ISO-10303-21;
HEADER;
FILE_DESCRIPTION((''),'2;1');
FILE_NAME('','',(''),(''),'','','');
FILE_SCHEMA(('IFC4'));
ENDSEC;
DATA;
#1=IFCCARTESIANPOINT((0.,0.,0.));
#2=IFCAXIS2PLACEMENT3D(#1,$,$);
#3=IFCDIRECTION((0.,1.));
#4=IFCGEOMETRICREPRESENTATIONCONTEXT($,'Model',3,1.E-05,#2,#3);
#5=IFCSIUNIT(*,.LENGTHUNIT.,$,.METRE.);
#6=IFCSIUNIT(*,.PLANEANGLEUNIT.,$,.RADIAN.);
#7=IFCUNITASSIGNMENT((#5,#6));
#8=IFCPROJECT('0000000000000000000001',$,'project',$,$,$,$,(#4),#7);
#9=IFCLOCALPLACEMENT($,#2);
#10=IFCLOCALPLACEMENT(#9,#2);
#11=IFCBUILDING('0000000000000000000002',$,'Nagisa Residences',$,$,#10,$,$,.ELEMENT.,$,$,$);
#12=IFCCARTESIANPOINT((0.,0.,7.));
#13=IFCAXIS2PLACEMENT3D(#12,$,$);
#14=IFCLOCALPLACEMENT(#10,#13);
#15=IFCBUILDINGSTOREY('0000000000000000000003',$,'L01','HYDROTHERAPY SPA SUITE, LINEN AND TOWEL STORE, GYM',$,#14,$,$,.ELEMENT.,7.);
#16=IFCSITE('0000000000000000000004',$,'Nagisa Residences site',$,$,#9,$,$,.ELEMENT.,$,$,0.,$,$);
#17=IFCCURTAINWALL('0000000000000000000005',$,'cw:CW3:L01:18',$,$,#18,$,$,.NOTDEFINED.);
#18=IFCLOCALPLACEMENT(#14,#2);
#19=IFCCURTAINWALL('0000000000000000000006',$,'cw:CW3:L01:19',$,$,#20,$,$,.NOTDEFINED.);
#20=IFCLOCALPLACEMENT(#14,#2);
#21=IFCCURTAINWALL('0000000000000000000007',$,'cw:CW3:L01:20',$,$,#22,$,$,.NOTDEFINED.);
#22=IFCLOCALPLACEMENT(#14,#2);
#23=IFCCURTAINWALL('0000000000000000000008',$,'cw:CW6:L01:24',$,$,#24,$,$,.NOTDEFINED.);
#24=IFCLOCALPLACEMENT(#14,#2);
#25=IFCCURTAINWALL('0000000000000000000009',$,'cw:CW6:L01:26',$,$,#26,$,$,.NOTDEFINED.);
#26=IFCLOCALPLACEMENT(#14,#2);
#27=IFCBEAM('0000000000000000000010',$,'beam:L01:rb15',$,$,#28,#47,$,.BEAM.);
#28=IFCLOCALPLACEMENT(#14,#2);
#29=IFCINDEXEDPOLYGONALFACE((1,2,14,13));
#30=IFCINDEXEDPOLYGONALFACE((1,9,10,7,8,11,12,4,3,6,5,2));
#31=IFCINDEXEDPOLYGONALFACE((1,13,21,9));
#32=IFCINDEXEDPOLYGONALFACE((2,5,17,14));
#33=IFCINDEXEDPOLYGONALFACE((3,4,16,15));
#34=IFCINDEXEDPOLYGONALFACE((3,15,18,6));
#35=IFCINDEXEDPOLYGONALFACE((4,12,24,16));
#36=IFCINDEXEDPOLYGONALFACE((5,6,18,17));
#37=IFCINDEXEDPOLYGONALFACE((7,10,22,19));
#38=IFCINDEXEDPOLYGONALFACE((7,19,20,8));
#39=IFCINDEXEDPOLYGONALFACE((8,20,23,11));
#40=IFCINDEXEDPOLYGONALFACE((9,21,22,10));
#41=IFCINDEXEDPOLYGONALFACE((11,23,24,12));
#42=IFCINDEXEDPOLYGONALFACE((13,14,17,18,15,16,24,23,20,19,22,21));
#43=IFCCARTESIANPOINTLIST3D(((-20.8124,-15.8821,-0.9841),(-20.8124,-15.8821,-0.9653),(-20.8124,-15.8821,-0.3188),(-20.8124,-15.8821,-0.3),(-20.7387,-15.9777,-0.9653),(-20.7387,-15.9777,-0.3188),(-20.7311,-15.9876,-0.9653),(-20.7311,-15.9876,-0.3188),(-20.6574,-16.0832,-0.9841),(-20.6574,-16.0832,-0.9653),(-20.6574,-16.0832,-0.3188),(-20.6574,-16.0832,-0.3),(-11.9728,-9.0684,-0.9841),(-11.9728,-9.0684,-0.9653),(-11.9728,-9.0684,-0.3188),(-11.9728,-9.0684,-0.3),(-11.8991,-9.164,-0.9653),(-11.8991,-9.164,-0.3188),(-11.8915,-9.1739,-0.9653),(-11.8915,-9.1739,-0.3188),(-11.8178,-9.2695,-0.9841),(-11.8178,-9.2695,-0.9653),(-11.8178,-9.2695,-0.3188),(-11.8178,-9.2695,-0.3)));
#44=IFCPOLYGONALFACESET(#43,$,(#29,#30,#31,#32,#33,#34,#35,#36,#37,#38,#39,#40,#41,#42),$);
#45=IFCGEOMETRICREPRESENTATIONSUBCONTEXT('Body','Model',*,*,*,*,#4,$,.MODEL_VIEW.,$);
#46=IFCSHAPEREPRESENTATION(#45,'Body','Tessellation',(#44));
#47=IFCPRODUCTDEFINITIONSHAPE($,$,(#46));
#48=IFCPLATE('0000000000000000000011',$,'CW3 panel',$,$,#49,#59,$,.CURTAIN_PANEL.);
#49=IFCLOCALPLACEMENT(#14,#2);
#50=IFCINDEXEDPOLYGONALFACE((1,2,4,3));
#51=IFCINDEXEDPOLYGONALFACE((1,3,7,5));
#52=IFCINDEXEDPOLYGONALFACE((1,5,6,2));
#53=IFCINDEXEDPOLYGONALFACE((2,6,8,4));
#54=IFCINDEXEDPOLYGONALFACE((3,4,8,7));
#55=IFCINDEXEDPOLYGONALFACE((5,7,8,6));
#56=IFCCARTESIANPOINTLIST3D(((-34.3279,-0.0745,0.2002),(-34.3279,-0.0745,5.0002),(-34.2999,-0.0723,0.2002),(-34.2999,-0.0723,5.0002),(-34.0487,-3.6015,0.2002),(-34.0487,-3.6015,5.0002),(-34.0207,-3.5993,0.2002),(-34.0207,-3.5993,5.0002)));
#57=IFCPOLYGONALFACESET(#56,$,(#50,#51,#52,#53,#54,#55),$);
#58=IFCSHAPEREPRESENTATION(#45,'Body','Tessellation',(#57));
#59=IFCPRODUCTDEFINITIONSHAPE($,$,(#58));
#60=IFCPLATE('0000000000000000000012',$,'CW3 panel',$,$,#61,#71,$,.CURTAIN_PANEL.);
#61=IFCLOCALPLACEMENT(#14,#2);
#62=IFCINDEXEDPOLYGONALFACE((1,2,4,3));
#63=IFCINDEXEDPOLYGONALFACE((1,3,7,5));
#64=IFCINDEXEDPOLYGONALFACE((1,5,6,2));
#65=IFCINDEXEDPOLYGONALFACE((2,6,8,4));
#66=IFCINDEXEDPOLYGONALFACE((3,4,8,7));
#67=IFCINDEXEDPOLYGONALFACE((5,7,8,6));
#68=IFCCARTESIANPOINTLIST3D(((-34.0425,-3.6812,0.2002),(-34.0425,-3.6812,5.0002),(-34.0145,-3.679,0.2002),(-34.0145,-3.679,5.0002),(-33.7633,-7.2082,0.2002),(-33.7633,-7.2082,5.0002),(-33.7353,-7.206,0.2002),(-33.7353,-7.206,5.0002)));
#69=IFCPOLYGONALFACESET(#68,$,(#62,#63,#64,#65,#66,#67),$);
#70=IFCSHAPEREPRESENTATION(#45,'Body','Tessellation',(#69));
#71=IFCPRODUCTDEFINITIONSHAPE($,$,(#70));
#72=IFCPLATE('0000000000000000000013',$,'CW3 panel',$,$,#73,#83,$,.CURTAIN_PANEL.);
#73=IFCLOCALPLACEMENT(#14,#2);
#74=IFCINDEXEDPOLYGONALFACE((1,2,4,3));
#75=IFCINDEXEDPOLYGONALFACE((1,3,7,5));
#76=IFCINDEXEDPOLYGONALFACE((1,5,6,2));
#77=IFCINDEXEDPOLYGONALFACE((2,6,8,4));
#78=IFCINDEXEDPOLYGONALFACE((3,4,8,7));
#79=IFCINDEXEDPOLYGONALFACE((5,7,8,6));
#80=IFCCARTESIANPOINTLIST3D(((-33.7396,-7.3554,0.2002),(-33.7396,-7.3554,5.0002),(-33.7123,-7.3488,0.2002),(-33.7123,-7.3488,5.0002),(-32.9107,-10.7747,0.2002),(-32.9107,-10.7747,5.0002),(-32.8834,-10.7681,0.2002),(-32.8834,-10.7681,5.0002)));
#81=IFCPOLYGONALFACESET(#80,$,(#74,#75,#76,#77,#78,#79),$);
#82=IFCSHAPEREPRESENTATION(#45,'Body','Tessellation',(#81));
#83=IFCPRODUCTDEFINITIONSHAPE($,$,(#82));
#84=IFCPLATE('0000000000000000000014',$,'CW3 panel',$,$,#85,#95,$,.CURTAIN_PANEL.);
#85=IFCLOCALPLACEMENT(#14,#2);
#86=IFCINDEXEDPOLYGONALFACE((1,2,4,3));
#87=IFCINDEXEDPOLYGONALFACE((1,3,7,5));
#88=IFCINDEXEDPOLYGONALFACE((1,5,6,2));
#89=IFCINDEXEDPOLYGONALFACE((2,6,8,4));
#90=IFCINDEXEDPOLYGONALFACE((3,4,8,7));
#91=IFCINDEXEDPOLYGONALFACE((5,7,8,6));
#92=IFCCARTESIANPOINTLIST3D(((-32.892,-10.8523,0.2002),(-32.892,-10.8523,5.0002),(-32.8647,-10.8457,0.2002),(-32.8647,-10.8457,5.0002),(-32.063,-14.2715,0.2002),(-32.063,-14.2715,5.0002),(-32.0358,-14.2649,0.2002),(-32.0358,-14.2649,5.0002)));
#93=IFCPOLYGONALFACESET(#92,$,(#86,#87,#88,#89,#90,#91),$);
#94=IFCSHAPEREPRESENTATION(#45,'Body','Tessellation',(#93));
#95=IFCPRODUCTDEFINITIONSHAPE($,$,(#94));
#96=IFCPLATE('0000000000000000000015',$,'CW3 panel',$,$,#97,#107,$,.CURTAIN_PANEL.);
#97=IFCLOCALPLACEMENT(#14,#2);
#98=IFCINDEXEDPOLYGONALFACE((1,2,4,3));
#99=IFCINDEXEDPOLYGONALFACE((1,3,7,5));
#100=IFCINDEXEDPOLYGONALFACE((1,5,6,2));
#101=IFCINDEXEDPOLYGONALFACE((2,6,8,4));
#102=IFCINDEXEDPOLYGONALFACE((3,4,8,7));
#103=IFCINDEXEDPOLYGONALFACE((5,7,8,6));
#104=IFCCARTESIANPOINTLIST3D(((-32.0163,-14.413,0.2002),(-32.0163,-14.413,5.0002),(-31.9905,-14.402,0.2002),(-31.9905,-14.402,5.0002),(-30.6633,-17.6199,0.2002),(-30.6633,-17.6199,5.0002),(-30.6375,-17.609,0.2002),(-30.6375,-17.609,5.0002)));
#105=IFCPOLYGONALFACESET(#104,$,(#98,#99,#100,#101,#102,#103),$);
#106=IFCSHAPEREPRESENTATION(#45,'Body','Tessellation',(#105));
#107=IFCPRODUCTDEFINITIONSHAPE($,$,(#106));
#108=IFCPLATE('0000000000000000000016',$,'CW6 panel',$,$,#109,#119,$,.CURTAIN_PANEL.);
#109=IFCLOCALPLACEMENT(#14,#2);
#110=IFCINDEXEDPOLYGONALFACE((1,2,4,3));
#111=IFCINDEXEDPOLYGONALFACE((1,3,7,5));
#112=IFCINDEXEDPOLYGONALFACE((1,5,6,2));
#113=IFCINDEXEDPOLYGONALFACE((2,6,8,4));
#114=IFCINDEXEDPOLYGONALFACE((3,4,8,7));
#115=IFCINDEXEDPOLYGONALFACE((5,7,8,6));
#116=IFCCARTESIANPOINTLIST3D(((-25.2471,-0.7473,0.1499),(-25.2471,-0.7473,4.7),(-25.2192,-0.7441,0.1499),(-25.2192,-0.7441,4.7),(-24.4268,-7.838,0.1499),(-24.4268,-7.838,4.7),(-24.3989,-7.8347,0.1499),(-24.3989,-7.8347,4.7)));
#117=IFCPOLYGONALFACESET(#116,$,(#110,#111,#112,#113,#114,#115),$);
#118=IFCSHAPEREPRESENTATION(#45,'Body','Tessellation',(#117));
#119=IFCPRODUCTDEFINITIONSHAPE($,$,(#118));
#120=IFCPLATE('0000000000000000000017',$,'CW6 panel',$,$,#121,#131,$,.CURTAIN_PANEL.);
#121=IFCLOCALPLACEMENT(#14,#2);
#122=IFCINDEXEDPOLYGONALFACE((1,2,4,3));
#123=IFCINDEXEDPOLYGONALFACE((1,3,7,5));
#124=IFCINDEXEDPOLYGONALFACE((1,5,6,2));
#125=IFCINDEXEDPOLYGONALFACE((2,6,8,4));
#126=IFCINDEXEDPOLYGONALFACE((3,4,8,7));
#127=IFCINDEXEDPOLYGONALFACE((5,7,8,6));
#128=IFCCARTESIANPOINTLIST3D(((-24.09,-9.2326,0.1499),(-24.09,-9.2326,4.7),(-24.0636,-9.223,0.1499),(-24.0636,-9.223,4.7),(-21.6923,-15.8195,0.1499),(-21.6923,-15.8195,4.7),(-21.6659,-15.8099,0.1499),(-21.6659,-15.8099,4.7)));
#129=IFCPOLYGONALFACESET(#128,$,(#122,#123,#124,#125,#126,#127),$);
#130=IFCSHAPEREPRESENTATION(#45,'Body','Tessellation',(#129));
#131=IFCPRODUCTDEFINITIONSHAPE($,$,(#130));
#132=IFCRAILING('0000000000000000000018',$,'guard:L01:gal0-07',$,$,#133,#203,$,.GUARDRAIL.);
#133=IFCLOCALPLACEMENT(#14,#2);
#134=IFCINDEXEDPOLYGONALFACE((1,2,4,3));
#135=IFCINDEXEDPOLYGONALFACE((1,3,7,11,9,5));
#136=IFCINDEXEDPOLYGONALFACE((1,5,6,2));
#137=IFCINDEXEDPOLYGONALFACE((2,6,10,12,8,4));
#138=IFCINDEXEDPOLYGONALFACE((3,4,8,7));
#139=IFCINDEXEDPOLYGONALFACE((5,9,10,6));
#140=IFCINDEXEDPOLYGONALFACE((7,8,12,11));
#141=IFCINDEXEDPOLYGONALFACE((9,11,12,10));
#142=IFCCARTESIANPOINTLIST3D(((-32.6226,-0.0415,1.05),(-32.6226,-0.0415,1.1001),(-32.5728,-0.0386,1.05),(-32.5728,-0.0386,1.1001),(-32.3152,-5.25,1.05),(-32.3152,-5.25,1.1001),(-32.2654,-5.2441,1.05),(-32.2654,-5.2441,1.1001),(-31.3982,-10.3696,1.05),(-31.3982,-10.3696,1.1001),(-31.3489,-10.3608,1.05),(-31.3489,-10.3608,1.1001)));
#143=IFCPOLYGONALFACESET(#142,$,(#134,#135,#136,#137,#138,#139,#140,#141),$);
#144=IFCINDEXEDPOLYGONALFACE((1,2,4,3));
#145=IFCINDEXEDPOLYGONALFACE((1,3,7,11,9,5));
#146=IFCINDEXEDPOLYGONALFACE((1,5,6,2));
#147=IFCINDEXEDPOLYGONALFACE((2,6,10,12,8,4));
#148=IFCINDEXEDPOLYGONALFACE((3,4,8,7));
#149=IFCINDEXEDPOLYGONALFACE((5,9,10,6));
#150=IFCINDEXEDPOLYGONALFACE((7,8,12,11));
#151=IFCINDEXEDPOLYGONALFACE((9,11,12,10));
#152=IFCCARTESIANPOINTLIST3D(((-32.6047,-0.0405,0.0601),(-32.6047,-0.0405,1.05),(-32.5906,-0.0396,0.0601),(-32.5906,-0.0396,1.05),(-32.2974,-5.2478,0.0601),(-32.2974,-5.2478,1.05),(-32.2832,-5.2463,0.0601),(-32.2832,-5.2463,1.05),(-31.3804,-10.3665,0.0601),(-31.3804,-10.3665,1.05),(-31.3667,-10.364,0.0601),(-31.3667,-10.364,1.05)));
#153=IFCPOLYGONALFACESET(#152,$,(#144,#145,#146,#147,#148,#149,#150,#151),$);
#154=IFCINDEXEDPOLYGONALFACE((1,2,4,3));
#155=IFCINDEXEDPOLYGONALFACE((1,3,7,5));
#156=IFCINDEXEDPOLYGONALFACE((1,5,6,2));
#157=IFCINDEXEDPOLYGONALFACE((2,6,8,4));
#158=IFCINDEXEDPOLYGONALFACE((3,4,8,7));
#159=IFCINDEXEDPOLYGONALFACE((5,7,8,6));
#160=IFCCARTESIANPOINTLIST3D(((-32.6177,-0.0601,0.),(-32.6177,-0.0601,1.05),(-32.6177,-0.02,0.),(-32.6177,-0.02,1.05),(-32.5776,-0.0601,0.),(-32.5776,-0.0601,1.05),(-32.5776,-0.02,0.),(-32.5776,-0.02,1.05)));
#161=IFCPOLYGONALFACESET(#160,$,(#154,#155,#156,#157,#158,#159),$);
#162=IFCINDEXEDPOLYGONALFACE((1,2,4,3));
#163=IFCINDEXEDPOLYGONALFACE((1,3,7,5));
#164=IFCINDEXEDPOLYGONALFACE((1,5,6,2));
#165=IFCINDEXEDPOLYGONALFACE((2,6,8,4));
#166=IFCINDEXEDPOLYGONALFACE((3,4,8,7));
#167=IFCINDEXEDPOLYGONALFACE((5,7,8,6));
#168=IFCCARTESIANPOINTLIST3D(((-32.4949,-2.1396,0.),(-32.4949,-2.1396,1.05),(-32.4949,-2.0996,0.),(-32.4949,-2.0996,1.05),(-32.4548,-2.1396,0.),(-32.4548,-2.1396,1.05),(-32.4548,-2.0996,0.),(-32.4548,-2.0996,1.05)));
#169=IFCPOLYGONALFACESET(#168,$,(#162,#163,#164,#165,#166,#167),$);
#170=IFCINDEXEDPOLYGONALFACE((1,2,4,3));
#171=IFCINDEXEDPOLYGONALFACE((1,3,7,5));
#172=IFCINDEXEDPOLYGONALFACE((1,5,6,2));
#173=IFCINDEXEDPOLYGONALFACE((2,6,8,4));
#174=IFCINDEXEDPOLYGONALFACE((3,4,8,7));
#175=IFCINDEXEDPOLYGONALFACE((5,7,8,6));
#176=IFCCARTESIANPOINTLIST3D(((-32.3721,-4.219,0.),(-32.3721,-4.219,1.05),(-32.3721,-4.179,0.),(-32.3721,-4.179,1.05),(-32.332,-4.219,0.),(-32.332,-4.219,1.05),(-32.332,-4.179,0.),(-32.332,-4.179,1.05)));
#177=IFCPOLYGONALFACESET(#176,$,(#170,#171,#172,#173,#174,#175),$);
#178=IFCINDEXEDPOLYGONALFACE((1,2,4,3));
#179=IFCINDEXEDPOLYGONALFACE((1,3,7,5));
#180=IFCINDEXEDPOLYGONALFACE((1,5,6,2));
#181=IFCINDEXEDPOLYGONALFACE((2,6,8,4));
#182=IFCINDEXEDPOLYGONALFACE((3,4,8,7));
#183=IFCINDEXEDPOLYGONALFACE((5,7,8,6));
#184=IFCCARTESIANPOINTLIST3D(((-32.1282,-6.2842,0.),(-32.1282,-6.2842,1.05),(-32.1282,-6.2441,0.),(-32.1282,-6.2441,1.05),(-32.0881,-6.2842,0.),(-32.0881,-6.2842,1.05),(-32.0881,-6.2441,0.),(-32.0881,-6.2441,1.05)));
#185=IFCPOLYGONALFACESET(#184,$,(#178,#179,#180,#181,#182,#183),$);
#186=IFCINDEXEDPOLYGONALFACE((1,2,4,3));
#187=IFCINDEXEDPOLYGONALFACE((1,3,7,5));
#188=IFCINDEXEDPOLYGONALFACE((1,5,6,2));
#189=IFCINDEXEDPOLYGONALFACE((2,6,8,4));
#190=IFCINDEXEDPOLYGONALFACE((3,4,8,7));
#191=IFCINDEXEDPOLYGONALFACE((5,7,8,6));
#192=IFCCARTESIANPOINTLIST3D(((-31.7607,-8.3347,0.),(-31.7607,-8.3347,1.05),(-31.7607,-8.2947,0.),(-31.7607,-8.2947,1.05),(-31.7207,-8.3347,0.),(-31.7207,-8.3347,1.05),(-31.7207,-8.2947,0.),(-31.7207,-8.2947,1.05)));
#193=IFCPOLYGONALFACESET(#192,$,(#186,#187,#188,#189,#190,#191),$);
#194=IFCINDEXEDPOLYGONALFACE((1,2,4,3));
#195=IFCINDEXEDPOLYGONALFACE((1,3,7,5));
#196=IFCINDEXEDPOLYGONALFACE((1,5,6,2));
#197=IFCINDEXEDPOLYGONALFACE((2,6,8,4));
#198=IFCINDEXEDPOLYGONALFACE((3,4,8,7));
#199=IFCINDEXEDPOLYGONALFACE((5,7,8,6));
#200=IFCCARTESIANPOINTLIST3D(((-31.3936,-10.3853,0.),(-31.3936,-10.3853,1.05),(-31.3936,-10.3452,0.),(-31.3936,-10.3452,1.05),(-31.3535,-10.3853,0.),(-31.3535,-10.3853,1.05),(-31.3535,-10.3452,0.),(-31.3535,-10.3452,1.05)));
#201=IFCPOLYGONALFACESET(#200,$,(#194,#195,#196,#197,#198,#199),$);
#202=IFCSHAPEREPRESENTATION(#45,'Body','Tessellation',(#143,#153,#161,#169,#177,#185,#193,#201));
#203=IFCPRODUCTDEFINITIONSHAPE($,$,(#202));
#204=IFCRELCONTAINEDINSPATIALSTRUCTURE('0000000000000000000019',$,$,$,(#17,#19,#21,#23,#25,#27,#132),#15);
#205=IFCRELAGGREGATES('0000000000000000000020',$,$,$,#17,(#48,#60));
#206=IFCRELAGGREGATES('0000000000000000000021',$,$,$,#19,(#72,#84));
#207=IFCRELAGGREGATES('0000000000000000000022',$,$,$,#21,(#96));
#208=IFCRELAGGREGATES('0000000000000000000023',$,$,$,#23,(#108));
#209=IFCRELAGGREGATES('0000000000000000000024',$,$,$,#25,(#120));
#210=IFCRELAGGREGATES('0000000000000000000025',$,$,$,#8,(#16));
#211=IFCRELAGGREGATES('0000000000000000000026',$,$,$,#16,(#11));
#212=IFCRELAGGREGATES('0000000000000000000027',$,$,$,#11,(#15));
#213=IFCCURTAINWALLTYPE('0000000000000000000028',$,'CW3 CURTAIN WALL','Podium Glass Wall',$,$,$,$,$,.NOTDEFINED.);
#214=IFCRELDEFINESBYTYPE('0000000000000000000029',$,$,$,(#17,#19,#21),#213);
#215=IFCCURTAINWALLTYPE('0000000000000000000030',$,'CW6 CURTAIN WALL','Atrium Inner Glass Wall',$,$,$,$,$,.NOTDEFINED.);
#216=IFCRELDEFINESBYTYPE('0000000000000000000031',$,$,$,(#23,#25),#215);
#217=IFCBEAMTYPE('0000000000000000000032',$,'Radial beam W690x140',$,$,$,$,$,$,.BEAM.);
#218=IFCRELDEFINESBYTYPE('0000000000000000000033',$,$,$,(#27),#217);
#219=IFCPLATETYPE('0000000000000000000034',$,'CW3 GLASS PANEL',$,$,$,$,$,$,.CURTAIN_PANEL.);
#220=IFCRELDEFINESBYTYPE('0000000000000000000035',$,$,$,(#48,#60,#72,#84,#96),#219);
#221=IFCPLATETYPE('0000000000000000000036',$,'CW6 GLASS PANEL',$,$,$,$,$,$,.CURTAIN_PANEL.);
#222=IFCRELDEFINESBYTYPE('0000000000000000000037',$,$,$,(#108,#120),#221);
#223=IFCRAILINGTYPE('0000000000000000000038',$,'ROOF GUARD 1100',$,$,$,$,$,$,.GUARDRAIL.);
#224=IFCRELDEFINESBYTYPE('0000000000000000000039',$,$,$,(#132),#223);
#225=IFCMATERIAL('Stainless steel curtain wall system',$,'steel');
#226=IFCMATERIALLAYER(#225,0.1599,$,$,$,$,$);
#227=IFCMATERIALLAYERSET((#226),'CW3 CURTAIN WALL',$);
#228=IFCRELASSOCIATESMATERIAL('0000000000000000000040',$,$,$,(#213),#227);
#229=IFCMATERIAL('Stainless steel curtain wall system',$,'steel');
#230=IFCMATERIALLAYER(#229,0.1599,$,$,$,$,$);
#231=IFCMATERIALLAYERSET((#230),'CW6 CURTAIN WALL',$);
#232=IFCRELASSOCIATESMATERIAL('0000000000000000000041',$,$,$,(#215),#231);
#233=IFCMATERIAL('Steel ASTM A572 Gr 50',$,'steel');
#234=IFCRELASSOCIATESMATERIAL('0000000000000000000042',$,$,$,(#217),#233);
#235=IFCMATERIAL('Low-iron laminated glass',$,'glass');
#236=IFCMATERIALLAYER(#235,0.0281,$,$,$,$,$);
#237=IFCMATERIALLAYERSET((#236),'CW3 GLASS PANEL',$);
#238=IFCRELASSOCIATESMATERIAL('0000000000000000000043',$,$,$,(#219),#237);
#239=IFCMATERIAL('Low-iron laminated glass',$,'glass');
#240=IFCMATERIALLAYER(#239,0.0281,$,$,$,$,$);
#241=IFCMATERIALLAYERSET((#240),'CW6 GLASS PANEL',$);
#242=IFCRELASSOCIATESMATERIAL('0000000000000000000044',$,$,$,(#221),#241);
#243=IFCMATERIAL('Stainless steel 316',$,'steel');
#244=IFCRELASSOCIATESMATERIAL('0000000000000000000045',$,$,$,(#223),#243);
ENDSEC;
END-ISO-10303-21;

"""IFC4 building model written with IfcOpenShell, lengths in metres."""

from ifc_helpers import new_model, si_unit, direction, frame, origin, origin_2d, place, context, subcontext, project, spatial, polyline, rectangle, i_section, outline, extrude, material, layer, layer_set, material_profile, profile_set, type_object, element, aggregate, save


model = new_model("IFC4")

# Units and contexts
model_context = context("Model", 3, precision=1e-05, world=origin(), true_north=direction((0.0, 1.0)))
body_context = subcontext(model_context, "Body", "Model", "MODEL_VIEW")
ifc_project = project(units=[si_unit("LENGTHUNIT", "METRE"), si_unit("PLANEANGLEUNIT", "RADIAN")], contexts=[model_context])

# Site, building, storey
site_placement = place(None, origin())
site = spatial("IfcSite", under=ifc_project, at=site_placement, Name="Nagisa Residences site", CompositionType="ELEMENT", RefElevation=0.0)
building_placement = place(site_placement, origin())
building = spatial("IfcBuilding", under=site, at=building_placement, Name="Nagisa Residences", CompositionType="ELEMENT")
storey_placement = place(building_placement, frame((0.0, 0.0, 7.0)))
storey = spatial("IfcBuildingStorey", under=building, at=storey_placement, Name="L01", Description="HYDROTHERAPY SPA SUITE, LINEN AND TOWEL STORE, GYM", CompositionType="ELEMENT", Elevation=7.0)

# Curtain walls
ifc_material_1 = material(Name="Stainless steel curtain wall system", Category="steel")
ifc_layer_1 = layer(ifc_material_1, 0.1599)
ifc_layer_set_1 = layer_set([ifc_layer_1], Name="CW3 CURTAIN WALL")
curtain_wall_type_1 = type_object("IfcCurtainWallType", Name="CW3 CURTAIN WALL", Description="Podium Glass Wall", PredefinedType="NOTDEFINED", material=ifc_layer_set_1)
curtain_wall_1_placement = place(storey_placement, origin())
curtain_wall_1 = element("IfcCurtainWall", 1, at=curtain_wall_1_placement, inside=storey, type_object=curtain_wall_type_1, Name="cw:CW3:L01:18", PredefinedType="NOTDEFINED")
curtain_wall_2_placement = place(storey_placement, origin())
curtain_wall_2 = element("IfcCurtainWall", 2, at=curtain_wall_2_placement, inside=storey, type_object=curtain_wall_type_1, Name="cw:CW3:L01:19", PredefinedType="NOTDEFINED")

# Curtain wall
curtain_wall_3_placement = place(storey_placement, origin())
curtain_wall_3 = element("IfcCurtainWall", 3, at=curtain_wall_3_placement, inside=storey, type_object=curtain_wall_type_1, Name="cw:CW3:L01:20", PredefinedType="NOTDEFINED")

# Curtain walls
ifc_material_2 = material(Name="Stainless steel curtain wall system", Category="steel")
ifc_layer_2 = layer(ifc_material_2, 0.1599)
ifc_layer_set_2 = layer_set([ifc_layer_2], Name="CW6 CURTAIN WALL")
curtain_wall_type_2 = type_object("IfcCurtainWallType", Name="CW6 CURTAIN WALL", Description="Atrium Inner Glass Wall", PredefinedType="NOTDEFINED", material=ifc_layer_set_2)
curtain_wall_4_placement = place(storey_placement, origin())
curtain_wall_4 = element("IfcCurtainWall", 4, at=curtain_wall_4_placement, inside=storey, type_object=curtain_wall_type_2, Name="cw:CW6:L01:24", PredefinedType="NOTDEFINED")
curtain_wall_5_placement = place(storey_placement, origin())
curtain_wall_5 = element("IfcCurtainWall", 5, at=curtain_wall_5_placement, inside=storey, type_object=curtain_wall_type_2, Name="cw:CW6:L01:26", PredefinedType="NOTDEFINED")

# Beam
ifc_material_3 = material(Name="Steel ASTM A572 Gr 50", Category="steel")
ifc_material_profile_1 = material_profile(ifc_material_3, i_section(OverallWidth=0.2539, OverallDepth=0.6841, WebThickness=0.0125, FlangeThickness=0.0188, at=origin_2d()), Name="W690x140")
ifc_profile_set_1 = profile_set([ifc_material_profile_1], Name="Steel ASTM A572 Gr 50")
beam_type_1 = type_object("IfcBeamType", Name="Radial beam W690x140", PredefinedType="BEAM", material=ifc_profile_set_1)
beam_1_placement = place(storey_placement, frame((-20.7349, -15.9827, -0.6421), z_axis=(0.792016, 0.6105, 0.0), x_axis=(-0.6105, 0.792016, 0.0)))
element("IfcBeam", 6, at=beam_1_placement, inside=storey, type_object=beam_type_1, Name="beam:L01:rb15", PredefinedType="BEAM", context=body_context, shape_type="SweptSolid", body=[
    extrude(i_section(OverallWidth=0.2539, OverallDepth=0.6841, WebThickness=0.0125, FlangeThickness=0.0188, at=origin_2d()), origin(), (0.0, 0.0, 1.0), 11.1609),
])

# Plates
ifc_material_4 = material(Name="Low-iron laminated glass", Category="glass")
ifc_layer_3 = layer(ifc_material_4, 0.0281)
ifc_layer_set_3 = layer_set([ifc_layer_3], Name="CW3 GLASS PANEL")
plate_type_1 = type_object("IfcPlateType", Name="CW3 GLASS PANEL", PredefinedType="CURTAIN_PANEL", material=ifc_layer_set_3)
plate_1_placement = place(storey_placement, frame((-34.1743, -1.8369, 0.2002), z_axis=(0.0, 0.0, 1.0), x_axis=(0.07891, -0.996882, 0.0)))
plate_1 = element("IfcPlate", 7, at=plate_1_placement, type_object=plate_type_1, Name="CW3 panel", PredefinedType="CURTAIN_PANEL", context=body_context, shape_type="SweptSolid", body=[
    extrude(rectangle(XDim=3.5381, YDim=0.0281, at=origin_2d()), origin(), (0.0, 0.0, 1.0), 4.8),
])
plate_2_placement = place(storey_placement, frame((-33.8889, -5.4436, 0.2002), z_axis=(0.0, 0.0, 1.0), x_axis=(0.07891, -0.996882, 0.0)))
plate_2 = element("IfcPlate", 8, at=plate_2_placement, type_object=plate_type_1, Name="CW3 panel", PredefinedType="CURTAIN_PANEL", context=body_context, shape_type="SweptSolid", body=[
    extrude(rectangle(XDim=3.5381, YDim=0.0281, at=origin_2d()), origin(), (0.0, 0.0, 1.0), 4.8),
])
aggregate(curtain_wall_1, [plate_1, plate_2])
plate_3_placement = place(storey_placement, frame((-33.3115, -9.0618, 0.2002), z_axis=(0.0, 0.0, 1.0), x_axis=(0.235606, -0.971849, 0.0)))
plate_3 = element("IfcPlate", 9, at=plate_3_placement, type_object=plate_type_1, Name="CW3 panel", PredefinedType="CURTAIN_PANEL", context=body_context, shape_type="SweptSolid", body=[
    extrude(rectangle(XDim=3.5183, YDim=0.0281, at=origin_2d()), origin(), (0.0, 0.0, 1.0), 4.8),
])
plate_4_placement = place(storey_placement, frame((-32.4639, -12.5586, 0.2002), z_axis=(0.0, 0.0, 1.0), x_axis=(0.235606, -0.971849, 0.0)))
plate_4 = element("IfcPlate", 10, at=plate_4_placement, type_object=plate_type_1, Name="CW3 panel", PredefinedType="CURTAIN_PANEL", context=body_context, shape_type="SweptSolid", body=[
    extrude(rectangle(XDim=3.5183, YDim=0.0281, at=origin_2d()), origin(), (0.0, 0.0, 1.0), 4.8),
])
aggregate(curtain_wall_2, [plate_3, plate_4])
plate_5_placement = place(storey_placement, frame((-31.3269, -16.011, 0.2002), z_axis=(0.0, 0.0, 1.0), x_axis=(0.388718, -0.921357, 0.0)))
plate_5 = element("IfcPlate", 11, at=plate_5_placement, type_object=plate_type_1, Name="CW3 panel", PredefinedType="CURTAIN_PANEL", context=body_context, shape_type="SweptSolid", body=[
    extrude(rectangle(XDim=3.4807, YDim=0.0281, at=origin_2d()), origin(), (0.0, 0.0, 1.0), 4.8),
])
aggregate(curtain_wall_3, [plate_5])
ifc_material_5 = material(Name="Low-iron laminated glass", Category="glass")
ifc_layer_4 = layer(ifc_material_5, 0.0281)
ifc_layer_set_4 = layer_set([ifc_layer_4], Name="CW6 GLASS PANEL")
plate_type_2 = type_object("IfcPlateType", Name="CW6 GLASS PANEL", PredefinedType="CURTAIN_PANEL", material=ifc_layer_set_4)
plate_6_placement = place(storey_placement, frame((-24.823, -4.291, 0.1499), z_axis=(0.0, 0.0, 1.0), x_axis=(0.114928, -0.993374, 0.0)))
plate_6 = element("IfcPlate", 12, at=plate_6_placement, type_object=plate_type_2, Name="CW6 panel", PredefinedType="CURTAIN_PANEL", context=body_context, shape_type="SweptSolid", body=[
    extrude(rectangle(XDim=7.1379, YDim=0.0281, at=origin_2d()), origin(), (0.0, 0.0, 1.0), 4.55),
])
aggregate(curtain_wall_4, [plate_6])
plate_7_placement = place(storey_placement, frame((-22.8779, -12.5212, 0.1499), z_axis=(0.0, 0.0, 1.0), x_axis=(0.34205, -0.939682, 0.0)))
plate_7 = element("IfcPlate", 13, at=plate_7_placement, type_object=plate_type_2, Name="CW6 panel", PredefinedType="CURTAIN_PANEL", context=body_context, shape_type="SweptSolid", body=[
    extrude(rectangle(XDim=7.0098, YDim=0.0281, at=origin_2d()), origin(), (0.0, 0.0, 1.0), 4.55),
])
aggregate(curtain_wall_5, [plate_7])

# Railing
ifc_material_6 = material(Name="Stainless steel 316", Category="steel")
railing_type = type_object("IfcRailingType", Name="ROOF GUARD 1100", PredefinedType="GUARDRAIL", material=ifc_material_6)
railing_1_placement = place(storey_placement, frame((-32.5977, -0.04, 0.0)))
element("IfcRailing", 14, at=railing_1_placement, inside=storey, type_object=railing_type, Name="guard:L01:gal0-07", PredefinedType="GUARDRAIL", context=body_context, shape_type="SweptSolid", body=[
    extrude(outline(polyline([(0.3323, -5.2041), (0.0249, 0.0015), (-0.0249, -0.0015), (0.2825, -5.21), (1.1995, -10.3296), (1.2488, -10.3208), (0.3323, -5.2041)])), frame((0.0, 0.0, 1.05)), (0.0, 0.0, 1.0), 0.05),
    extrude(outline(polyline([(0.3145, -5.2063), (0.0071, 0.0005), (-0.0071, -0.0005), (0.3003, -5.2078), (1.2173, -10.3264), (1.231, -10.324), (0.3145, -5.2063)])), frame((0.0, 0.0, 0.0601)), (0.0, 0.0, 1.0), 0.99),
    extrude(rectangle(XDim=0.04, YDim=0.04, at=origin_2d()), origin(), (0.0, 0.0, 1.0), 1.05),
    extrude(rectangle(XDim=0.04, YDim=0.04, at=origin_2d()), frame((0.1228, -2.0796, 0.0)), (0.0, 0.0, 1.0), 1.05),
    extrude(rectangle(XDim=0.04, YDim=0.04, at=origin_2d()), frame((0.2456, -4.1589, 0.0)), (0.0, 0.0, 1.0), 1.05),
    extrude(rectangle(XDim=0.04, YDim=0.04, at=origin_2d()), frame((0.4895, -6.2241, 0.0)), (0.0, 0.0, 1.0), 1.05),
    extrude(rectangle(XDim=0.04, YDim=0.04, at=origin_2d()), frame((0.8569, -8.2747, 0.0)), (0.0, 0.0, 1.0), 1.05),
    extrude(rectangle(XDim=0.04, YDim=0.04, at=origin_2d()), frame((1.2241, -10.3252, 0.0)), (0.0, 0.0, 1.0), 1.05),
])

save(model, "model.ifc")
